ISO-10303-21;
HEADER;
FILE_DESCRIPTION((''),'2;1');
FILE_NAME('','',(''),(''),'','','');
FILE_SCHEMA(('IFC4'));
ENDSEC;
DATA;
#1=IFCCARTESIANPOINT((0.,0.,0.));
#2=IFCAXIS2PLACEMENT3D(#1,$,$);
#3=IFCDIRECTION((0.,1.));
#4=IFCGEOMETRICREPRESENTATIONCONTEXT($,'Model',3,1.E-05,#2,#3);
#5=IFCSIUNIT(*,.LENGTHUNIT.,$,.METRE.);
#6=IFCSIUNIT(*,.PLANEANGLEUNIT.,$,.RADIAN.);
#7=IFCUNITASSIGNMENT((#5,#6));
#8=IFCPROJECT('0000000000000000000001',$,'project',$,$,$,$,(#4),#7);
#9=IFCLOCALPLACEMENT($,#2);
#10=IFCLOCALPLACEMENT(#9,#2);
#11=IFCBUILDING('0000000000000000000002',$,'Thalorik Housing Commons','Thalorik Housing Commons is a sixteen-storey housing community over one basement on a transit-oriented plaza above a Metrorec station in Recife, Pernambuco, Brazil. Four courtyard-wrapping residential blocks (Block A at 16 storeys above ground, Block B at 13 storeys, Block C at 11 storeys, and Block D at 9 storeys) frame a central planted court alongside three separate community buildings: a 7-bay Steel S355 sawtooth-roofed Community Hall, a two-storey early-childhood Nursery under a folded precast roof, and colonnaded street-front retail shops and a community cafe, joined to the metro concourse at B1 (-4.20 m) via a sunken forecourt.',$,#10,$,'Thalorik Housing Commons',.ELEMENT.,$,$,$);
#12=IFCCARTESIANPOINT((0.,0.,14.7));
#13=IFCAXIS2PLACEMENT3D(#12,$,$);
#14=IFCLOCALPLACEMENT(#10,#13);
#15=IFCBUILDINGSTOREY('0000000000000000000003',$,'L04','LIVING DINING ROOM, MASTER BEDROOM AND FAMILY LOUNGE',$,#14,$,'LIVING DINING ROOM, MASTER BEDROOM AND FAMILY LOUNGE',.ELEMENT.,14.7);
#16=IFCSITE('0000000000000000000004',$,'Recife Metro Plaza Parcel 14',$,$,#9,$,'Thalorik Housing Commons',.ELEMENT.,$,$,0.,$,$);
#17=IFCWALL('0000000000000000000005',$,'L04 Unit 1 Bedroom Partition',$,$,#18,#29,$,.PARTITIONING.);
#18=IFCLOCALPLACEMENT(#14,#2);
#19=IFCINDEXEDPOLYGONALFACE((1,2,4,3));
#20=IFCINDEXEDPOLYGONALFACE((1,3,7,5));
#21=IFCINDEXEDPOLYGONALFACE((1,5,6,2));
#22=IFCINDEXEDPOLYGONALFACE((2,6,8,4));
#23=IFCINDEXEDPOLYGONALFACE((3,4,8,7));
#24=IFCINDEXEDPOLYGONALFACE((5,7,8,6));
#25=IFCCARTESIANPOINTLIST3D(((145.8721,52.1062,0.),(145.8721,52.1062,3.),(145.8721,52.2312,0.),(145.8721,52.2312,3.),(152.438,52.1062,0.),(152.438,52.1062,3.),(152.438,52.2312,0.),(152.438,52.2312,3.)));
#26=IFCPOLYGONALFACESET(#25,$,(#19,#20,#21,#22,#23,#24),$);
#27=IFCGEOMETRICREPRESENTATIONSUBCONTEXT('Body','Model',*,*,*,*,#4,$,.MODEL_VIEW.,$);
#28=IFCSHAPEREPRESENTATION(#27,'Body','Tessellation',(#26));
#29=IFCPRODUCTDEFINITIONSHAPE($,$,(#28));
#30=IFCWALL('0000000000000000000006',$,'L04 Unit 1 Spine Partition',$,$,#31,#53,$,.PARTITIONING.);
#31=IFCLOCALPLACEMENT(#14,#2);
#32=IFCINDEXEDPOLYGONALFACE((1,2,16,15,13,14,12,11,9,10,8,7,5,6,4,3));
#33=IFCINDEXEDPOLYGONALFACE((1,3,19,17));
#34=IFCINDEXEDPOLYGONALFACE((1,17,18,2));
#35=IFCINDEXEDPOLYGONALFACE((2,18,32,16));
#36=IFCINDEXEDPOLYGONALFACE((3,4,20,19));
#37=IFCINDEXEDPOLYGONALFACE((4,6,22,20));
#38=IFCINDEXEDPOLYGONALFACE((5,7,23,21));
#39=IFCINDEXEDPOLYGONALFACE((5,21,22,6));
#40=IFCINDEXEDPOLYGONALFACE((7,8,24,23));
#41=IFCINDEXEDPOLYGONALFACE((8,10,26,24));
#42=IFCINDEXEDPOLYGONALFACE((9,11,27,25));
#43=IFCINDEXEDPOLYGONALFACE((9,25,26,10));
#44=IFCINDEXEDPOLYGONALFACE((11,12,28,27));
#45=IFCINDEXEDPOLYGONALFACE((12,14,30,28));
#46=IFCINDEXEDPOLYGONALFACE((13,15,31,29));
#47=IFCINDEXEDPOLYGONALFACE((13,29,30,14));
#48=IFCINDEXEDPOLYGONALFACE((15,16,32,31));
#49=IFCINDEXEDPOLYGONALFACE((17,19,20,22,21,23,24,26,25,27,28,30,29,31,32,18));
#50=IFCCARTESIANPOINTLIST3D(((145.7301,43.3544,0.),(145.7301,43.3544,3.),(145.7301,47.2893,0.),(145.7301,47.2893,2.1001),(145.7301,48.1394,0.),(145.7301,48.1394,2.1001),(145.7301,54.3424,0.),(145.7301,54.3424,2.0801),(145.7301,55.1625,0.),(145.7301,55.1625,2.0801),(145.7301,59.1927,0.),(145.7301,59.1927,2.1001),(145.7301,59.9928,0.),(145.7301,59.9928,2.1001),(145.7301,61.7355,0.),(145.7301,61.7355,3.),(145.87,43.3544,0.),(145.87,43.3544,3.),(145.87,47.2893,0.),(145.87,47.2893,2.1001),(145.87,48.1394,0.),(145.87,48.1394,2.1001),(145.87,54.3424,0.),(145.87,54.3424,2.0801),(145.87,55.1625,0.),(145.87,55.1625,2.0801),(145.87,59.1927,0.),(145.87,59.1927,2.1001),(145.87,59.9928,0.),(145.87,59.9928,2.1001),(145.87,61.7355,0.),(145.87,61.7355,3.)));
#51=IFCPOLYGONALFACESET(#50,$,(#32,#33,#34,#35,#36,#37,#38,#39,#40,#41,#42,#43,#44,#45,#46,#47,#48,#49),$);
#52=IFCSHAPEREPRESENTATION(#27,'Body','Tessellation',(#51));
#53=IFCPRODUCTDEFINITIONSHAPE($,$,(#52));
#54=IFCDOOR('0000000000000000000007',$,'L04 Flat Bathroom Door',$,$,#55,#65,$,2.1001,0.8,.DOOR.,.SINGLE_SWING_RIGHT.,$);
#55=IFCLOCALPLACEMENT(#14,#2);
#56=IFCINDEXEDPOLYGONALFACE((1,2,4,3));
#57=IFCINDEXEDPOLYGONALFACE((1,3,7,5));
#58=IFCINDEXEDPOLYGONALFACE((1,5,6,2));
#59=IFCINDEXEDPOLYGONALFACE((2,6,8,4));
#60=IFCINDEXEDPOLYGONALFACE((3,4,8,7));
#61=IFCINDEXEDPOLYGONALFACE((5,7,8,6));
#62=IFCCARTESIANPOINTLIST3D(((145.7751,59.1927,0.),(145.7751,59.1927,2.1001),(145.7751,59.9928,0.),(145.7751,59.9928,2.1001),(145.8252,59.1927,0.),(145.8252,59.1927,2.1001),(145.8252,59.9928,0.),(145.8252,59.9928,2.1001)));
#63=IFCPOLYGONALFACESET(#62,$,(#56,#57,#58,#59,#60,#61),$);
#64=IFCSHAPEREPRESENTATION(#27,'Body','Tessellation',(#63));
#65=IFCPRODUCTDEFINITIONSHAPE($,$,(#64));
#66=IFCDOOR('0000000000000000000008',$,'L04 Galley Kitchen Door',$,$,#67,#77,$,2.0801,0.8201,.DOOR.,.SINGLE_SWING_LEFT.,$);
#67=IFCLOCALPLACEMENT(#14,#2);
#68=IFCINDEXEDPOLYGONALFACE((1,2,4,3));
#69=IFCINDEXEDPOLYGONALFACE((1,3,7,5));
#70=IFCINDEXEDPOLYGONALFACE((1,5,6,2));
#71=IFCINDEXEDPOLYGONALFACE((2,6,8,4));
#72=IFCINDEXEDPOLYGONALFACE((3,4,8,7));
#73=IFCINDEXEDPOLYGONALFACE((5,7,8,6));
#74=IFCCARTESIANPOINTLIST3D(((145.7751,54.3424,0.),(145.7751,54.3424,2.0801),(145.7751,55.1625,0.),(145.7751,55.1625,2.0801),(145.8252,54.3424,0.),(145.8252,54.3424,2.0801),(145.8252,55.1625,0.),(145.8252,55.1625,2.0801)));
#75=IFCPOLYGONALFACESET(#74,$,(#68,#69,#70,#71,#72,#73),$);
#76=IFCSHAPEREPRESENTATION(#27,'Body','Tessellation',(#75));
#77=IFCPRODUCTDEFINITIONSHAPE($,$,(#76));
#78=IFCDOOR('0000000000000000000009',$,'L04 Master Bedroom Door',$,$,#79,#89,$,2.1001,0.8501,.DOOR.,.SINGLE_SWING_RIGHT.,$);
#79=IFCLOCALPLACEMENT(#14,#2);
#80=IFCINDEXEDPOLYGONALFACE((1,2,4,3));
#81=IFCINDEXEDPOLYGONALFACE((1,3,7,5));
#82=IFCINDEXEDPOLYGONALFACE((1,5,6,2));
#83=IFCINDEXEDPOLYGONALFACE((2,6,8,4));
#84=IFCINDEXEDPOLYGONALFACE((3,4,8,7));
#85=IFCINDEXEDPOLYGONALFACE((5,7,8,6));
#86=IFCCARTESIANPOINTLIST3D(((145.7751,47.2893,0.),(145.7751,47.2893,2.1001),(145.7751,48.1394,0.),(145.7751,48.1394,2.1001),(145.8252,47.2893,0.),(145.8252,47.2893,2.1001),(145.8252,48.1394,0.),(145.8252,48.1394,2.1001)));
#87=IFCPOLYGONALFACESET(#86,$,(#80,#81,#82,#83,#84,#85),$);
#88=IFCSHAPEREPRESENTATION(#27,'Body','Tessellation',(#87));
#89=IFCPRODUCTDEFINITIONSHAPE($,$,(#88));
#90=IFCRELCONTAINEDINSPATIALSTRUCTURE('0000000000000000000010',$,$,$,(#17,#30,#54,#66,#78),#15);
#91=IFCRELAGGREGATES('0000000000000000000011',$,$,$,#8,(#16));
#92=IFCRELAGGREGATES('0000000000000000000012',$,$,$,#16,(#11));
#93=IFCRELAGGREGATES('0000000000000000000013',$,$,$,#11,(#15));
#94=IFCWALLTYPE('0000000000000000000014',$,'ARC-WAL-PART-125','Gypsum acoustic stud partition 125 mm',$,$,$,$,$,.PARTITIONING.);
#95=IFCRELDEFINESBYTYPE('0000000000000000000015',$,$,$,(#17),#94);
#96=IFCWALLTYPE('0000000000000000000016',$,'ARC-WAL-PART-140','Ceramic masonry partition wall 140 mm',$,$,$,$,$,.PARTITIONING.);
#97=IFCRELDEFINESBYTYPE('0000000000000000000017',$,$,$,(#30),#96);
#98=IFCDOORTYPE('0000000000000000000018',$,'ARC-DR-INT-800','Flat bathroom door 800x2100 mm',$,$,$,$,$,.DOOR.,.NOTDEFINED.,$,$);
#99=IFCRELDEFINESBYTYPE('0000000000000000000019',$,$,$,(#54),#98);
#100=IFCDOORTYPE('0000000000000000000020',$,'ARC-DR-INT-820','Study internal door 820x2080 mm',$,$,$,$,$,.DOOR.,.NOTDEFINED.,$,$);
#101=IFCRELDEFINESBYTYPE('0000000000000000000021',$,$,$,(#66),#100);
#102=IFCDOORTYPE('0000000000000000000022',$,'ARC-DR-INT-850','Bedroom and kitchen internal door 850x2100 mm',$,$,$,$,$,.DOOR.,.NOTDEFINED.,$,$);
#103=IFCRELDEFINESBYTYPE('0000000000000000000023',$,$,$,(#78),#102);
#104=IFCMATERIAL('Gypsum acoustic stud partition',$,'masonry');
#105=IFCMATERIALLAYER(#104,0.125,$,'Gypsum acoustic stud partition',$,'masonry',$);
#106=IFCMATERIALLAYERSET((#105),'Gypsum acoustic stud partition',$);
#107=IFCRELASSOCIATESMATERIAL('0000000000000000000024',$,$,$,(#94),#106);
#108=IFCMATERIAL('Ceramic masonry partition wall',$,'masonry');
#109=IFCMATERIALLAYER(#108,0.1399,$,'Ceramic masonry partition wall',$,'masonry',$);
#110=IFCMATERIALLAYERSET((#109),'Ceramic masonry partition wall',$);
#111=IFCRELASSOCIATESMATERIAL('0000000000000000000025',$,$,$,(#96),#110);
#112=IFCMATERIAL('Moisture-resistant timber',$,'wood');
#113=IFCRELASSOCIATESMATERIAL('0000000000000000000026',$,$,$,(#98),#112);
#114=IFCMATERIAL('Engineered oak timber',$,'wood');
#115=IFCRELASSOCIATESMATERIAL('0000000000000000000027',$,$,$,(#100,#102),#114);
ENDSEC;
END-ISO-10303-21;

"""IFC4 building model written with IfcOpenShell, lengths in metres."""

from ifc_helpers import new_model, si_unit, direction, frame, frame_2d, origin, place, context, subcontext, project, spatial, rectangle, extrude, material, layer, layer_set, type_object, element, fill, save


model = new_model("IFC4")

# Units and contexts
model_context = context("Model", 3, precision=1e-05, world=origin(), true_north=direction((0.0, 1.0)))
body_context = subcontext(model_context, "Body", "Model", "MODEL_VIEW")
ifc_project = project(units=[si_unit("LENGTHUNIT", "METRE"), si_unit("PLANEANGLEUNIT", "RADIAN")], contexts=[model_context])

# Site, building, storey
site_placement = place(None, origin())
site = spatial("IfcSite", under=ifc_project, at=site_placement, Name="Recife Metro Plaza Parcel 14", LongName="Thalorik Housing Commons", CompositionType="ELEMENT", RefElevation=0.0)
building_placement = place(site_placement, origin())
building = spatial("IfcBuilding", under=site, at=building_placement, Name="Thalorik Housing Commons", Description="Thalorik Housing Commons is a sixteen-storey housing community over one basement on a transit-oriented plaza above a Metrorec station in Recife, Pernambuco, Brazil. Four courtyard-wrapping residential blocks (Block A at 16 storeys above ground, Block B at 13 storeys, Block C at 11 storeys, and Block D at 9 storeys) frame a central planted court alongside three separate community buildings: a 7-bay Steel S355 sawtooth-roofed Community Hall, a two-storey early-childhood Nursery under a folded precast roof, and colonnaded street-front retail shops and a community cafe, joined to the metro concourse at B1 (-4.20 m) via a sunken forecourt.", LongName="Thalorik Housing Commons", CompositionType="ELEMENT")
storey_placement = place(building_placement, frame((0.0, 0.0, 14.7)))
storey = spatial("IfcBuildingStorey", under=building, at=storey_placement, Name="L04", Description="LIVING DINING ROOM, MASTER BEDROOM AND FAMILY LOUNGE", LongName="LIVING DINING ROOM, MASTER BEDROOM AND FAMILY LOUNGE", CompositionType="ELEMENT", Elevation=14.7)

# Wall
ifc_material_1 = material(Name="Gypsum acoustic stud partition", Category="masonry")
ifc_layer_1 = layer(ifc_material_1, 0.125, Name="Gypsum acoustic stud partition", Category="masonry")
ifc_layer_set_1 = layer_set([ifc_layer_1], Name="Gypsum acoustic stud partition")
wall_type_1 = type_object("IfcWallType", Name="ARC-WAL-PART-125", Description="Gypsum acoustic stud partition 125 mm", PredefinedType="PARTITIONING", material=ifc_layer_set_1)
wall_1_placement = place(storey_placement, frame((145.8721, 52.1687, 0.0), z_axis=(0.0, 0.0, 1.0), x_axis=(1.0, 0.0, 0.0)))
element("IfcWall", 1, at=wall_1_placement, inside=storey, type_object=wall_type_1, Name="L04 Unit 1 Bedroom Partition", PredefinedType="PARTITIONING", context=body_context, shape_type="SweptSolid", body=[
    extrude(rectangle(XDim=6.5659, YDim=0.125, at=frame_2d((3.283, 0.0))), origin(), (0.0, 0.0, 1.0), 3.0),
])

# Wall, openings, doors
ifc_material_2 = material(Name="Ceramic masonry partition wall", Category="masonry")
ifc_layer_2 = layer(ifc_material_2, 0.1399, Name="Ceramic masonry partition wall", Category="masonry")
ifc_layer_set_2 = layer_set([ifc_layer_2], Name="Ceramic masonry partition wall")
wall_type_2 = type_object("IfcWallType", Name="ARC-WAL-PART-140", Description="Ceramic masonry partition wall 140 mm", PredefinedType="PARTITIONING", material=ifc_layer_set_2)
wall_2_placement = place(storey_placement, frame((145.8, 43.3545, 0.0), z_axis=(0.0, 0.0, 1.0), x_axis=(0.0, 1.0, 0.0)))
wall_2 = element("IfcWall", 2, at=wall_2_placement, inside=storey, type_object=wall_type_2, Name="L04 Unit 1 Spine Partition", PredefinedType="PARTITIONING", context=body_context, shape_type="SweptSolid", body=[
    extrude(rectangle(XDim=18.3811, YDim=0.1399, at=frame_2d((9.1904, 0.0))), origin(), (0.0, 0.0, 1.0), 3.0),
])
opening_1_placement = place(wall_2_placement, frame((3.9348, 0.0, 0.0)))
opening_1 = element("IfcOpeningElement", 3, at=opening_1_placement, cuts=wall_2, PredefinedType="OPENING", context=body_context, shape_type="SweptSolid", body=[
    extrude(rectangle(XDim=0.8501, YDim=2.1001, at=frame_2d((0.425, 1.05))), frame((0.0, 0.0801, 0.0), z_axis=(0.0, -1.0, 0.0), x_axis=(1.0, 0.0, 0.0)), (0.0, 0.0, 1.0), 0.1599),
])
opening_2_placement = place(wall_2_placement, frame((10.9878, 0.0, 0.0)))
opening_2 = element("IfcOpeningElement", 4, at=opening_2_placement, cuts=wall_2, PredefinedType="OPENING", context=body_context, shape_type="SweptSolid", body=[
    extrude(rectangle(XDim=0.8201, YDim=2.0801, at=frame_2d((0.4102, 1.04))), frame((0.0, 0.0801, 0.0), z_axis=(0.0, -1.0, 0.0), x_axis=(1.0, 0.0, 0.0)), (0.0, 0.0, 1.0), 0.1599),
])
opening_3_placement = place(wall_2_placement, frame((15.8384, 0.0, 0.0)))
opening_3 = element("IfcOpeningElement", 5, at=opening_3_placement, cuts=wall_2, PredefinedType="OPENING", context=body_context, shape_type="SweptSolid", body=[
    extrude(rectangle(XDim=0.8, YDim=2.1001, at=frame_2d((0.3999, 1.05))), frame((0.0, 0.0801, 0.0), z_axis=(0.0, -1.0, 0.0), x_axis=(1.0, 0.0, 0.0)), (0.0, 0.0, 1.0), 0.1599),
])
ifc_material_3 = material(Name="Moisture-resistant timber", Category="wood")
door_type_1 = type_object("IfcDoorType", Name="ARC-DR-INT-800", Description="Flat bathroom door 800x2100 mm", OperationType="NOTDEFINED", PredefinedType="DOOR", material=ifc_material_3)
door_1_placement = place(opening_3_placement, origin())
door_1 = element("IfcDoor", 6, at=door_1_placement, inside=storey, type_object=door_type_1, Name="L04 Flat Bathroom Door", OperationType="SINGLE_SWING_RIGHT", OverallHeight=2.1001, OverallWidth=0.8, PredefinedType="DOOR", context=body_context, shape_type="SweptSolid", body=[
    extrude(rectangle(XDim=0.8, YDim=2.1001, at=frame_2d((0.3999, 1.05))), frame((0.0, 0.0249, 0.0), z_axis=(0.0, -1.0, 0.0), x_axis=(1.0, 0.0, 0.0)), (0.0, 0.0, 1.0), 0.05),
])
fill(opening_3, door_1)
ifc_material_4 = material(Name="Engineered oak timber", Category="wood")
door_type_2 = type_object("IfcDoorType", Name="ARC-DR-INT-820", Description="Study internal door 820x2080 mm", OperationType="NOTDEFINED", PredefinedType="DOOR", material=ifc_material_4)
door_2_placement = place(opening_2_placement, origin())
door_2 = element("IfcDoor", 7, at=door_2_placement, inside=storey, type_object=door_type_2, Name="L04 Galley Kitchen Door", OperationType="SINGLE_SWING_LEFT", OverallHeight=2.0801, OverallWidth=0.8201, PredefinedType="DOOR", context=body_context, shape_type="SweptSolid", body=[
    extrude(rectangle(XDim=0.8201, YDim=2.0801, at=frame_2d((0.4102, 1.04))), frame((0.0, 0.0249, 0.0), z_axis=(0.0, -1.0, 0.0), x_axis=(1.0, 0.0, 0.0)), (0.0, 0.0, 1.0), 0.05),
])
fill(opening_2, door_2)
door_type_3 = type_object("IfcDoorType", Name="ARC-DR-INT-850", Description="Bedroom and kitchen internal door 850x2100 mm", OperationType="NOTDEFINED", PredefinedType="DOOR", material=ifc_material_4)
door_3_placement = place(opening_1_placement, origin())
door_3 = element("IfcDoor", 8, at=door_3_placement, inside=storey, type_object=door_type_3, Name="L04 Master Bedroom Door", OperationType="SINGLE_SWING_RIGHT", OverallHeight=2.1001, OverallWidth=0.8501, PredefinedType="DOOR", context=body_context, shape_type="SweptSolid", body=[
    extrude(rectangle(XDim=0.8501, YDim=2.1001, at=frame_2d((0.425, 1.05))), frame((0.0, 0.0249, 0.0), z_axis=(0.0, -1.0, 0.0), x_axis=(1.0, 0.0, 0.0)), (0.0, 0.0, 1.0), 0.05),
])
fill(opening_1, door_3)

save(model, "model.ifc")
